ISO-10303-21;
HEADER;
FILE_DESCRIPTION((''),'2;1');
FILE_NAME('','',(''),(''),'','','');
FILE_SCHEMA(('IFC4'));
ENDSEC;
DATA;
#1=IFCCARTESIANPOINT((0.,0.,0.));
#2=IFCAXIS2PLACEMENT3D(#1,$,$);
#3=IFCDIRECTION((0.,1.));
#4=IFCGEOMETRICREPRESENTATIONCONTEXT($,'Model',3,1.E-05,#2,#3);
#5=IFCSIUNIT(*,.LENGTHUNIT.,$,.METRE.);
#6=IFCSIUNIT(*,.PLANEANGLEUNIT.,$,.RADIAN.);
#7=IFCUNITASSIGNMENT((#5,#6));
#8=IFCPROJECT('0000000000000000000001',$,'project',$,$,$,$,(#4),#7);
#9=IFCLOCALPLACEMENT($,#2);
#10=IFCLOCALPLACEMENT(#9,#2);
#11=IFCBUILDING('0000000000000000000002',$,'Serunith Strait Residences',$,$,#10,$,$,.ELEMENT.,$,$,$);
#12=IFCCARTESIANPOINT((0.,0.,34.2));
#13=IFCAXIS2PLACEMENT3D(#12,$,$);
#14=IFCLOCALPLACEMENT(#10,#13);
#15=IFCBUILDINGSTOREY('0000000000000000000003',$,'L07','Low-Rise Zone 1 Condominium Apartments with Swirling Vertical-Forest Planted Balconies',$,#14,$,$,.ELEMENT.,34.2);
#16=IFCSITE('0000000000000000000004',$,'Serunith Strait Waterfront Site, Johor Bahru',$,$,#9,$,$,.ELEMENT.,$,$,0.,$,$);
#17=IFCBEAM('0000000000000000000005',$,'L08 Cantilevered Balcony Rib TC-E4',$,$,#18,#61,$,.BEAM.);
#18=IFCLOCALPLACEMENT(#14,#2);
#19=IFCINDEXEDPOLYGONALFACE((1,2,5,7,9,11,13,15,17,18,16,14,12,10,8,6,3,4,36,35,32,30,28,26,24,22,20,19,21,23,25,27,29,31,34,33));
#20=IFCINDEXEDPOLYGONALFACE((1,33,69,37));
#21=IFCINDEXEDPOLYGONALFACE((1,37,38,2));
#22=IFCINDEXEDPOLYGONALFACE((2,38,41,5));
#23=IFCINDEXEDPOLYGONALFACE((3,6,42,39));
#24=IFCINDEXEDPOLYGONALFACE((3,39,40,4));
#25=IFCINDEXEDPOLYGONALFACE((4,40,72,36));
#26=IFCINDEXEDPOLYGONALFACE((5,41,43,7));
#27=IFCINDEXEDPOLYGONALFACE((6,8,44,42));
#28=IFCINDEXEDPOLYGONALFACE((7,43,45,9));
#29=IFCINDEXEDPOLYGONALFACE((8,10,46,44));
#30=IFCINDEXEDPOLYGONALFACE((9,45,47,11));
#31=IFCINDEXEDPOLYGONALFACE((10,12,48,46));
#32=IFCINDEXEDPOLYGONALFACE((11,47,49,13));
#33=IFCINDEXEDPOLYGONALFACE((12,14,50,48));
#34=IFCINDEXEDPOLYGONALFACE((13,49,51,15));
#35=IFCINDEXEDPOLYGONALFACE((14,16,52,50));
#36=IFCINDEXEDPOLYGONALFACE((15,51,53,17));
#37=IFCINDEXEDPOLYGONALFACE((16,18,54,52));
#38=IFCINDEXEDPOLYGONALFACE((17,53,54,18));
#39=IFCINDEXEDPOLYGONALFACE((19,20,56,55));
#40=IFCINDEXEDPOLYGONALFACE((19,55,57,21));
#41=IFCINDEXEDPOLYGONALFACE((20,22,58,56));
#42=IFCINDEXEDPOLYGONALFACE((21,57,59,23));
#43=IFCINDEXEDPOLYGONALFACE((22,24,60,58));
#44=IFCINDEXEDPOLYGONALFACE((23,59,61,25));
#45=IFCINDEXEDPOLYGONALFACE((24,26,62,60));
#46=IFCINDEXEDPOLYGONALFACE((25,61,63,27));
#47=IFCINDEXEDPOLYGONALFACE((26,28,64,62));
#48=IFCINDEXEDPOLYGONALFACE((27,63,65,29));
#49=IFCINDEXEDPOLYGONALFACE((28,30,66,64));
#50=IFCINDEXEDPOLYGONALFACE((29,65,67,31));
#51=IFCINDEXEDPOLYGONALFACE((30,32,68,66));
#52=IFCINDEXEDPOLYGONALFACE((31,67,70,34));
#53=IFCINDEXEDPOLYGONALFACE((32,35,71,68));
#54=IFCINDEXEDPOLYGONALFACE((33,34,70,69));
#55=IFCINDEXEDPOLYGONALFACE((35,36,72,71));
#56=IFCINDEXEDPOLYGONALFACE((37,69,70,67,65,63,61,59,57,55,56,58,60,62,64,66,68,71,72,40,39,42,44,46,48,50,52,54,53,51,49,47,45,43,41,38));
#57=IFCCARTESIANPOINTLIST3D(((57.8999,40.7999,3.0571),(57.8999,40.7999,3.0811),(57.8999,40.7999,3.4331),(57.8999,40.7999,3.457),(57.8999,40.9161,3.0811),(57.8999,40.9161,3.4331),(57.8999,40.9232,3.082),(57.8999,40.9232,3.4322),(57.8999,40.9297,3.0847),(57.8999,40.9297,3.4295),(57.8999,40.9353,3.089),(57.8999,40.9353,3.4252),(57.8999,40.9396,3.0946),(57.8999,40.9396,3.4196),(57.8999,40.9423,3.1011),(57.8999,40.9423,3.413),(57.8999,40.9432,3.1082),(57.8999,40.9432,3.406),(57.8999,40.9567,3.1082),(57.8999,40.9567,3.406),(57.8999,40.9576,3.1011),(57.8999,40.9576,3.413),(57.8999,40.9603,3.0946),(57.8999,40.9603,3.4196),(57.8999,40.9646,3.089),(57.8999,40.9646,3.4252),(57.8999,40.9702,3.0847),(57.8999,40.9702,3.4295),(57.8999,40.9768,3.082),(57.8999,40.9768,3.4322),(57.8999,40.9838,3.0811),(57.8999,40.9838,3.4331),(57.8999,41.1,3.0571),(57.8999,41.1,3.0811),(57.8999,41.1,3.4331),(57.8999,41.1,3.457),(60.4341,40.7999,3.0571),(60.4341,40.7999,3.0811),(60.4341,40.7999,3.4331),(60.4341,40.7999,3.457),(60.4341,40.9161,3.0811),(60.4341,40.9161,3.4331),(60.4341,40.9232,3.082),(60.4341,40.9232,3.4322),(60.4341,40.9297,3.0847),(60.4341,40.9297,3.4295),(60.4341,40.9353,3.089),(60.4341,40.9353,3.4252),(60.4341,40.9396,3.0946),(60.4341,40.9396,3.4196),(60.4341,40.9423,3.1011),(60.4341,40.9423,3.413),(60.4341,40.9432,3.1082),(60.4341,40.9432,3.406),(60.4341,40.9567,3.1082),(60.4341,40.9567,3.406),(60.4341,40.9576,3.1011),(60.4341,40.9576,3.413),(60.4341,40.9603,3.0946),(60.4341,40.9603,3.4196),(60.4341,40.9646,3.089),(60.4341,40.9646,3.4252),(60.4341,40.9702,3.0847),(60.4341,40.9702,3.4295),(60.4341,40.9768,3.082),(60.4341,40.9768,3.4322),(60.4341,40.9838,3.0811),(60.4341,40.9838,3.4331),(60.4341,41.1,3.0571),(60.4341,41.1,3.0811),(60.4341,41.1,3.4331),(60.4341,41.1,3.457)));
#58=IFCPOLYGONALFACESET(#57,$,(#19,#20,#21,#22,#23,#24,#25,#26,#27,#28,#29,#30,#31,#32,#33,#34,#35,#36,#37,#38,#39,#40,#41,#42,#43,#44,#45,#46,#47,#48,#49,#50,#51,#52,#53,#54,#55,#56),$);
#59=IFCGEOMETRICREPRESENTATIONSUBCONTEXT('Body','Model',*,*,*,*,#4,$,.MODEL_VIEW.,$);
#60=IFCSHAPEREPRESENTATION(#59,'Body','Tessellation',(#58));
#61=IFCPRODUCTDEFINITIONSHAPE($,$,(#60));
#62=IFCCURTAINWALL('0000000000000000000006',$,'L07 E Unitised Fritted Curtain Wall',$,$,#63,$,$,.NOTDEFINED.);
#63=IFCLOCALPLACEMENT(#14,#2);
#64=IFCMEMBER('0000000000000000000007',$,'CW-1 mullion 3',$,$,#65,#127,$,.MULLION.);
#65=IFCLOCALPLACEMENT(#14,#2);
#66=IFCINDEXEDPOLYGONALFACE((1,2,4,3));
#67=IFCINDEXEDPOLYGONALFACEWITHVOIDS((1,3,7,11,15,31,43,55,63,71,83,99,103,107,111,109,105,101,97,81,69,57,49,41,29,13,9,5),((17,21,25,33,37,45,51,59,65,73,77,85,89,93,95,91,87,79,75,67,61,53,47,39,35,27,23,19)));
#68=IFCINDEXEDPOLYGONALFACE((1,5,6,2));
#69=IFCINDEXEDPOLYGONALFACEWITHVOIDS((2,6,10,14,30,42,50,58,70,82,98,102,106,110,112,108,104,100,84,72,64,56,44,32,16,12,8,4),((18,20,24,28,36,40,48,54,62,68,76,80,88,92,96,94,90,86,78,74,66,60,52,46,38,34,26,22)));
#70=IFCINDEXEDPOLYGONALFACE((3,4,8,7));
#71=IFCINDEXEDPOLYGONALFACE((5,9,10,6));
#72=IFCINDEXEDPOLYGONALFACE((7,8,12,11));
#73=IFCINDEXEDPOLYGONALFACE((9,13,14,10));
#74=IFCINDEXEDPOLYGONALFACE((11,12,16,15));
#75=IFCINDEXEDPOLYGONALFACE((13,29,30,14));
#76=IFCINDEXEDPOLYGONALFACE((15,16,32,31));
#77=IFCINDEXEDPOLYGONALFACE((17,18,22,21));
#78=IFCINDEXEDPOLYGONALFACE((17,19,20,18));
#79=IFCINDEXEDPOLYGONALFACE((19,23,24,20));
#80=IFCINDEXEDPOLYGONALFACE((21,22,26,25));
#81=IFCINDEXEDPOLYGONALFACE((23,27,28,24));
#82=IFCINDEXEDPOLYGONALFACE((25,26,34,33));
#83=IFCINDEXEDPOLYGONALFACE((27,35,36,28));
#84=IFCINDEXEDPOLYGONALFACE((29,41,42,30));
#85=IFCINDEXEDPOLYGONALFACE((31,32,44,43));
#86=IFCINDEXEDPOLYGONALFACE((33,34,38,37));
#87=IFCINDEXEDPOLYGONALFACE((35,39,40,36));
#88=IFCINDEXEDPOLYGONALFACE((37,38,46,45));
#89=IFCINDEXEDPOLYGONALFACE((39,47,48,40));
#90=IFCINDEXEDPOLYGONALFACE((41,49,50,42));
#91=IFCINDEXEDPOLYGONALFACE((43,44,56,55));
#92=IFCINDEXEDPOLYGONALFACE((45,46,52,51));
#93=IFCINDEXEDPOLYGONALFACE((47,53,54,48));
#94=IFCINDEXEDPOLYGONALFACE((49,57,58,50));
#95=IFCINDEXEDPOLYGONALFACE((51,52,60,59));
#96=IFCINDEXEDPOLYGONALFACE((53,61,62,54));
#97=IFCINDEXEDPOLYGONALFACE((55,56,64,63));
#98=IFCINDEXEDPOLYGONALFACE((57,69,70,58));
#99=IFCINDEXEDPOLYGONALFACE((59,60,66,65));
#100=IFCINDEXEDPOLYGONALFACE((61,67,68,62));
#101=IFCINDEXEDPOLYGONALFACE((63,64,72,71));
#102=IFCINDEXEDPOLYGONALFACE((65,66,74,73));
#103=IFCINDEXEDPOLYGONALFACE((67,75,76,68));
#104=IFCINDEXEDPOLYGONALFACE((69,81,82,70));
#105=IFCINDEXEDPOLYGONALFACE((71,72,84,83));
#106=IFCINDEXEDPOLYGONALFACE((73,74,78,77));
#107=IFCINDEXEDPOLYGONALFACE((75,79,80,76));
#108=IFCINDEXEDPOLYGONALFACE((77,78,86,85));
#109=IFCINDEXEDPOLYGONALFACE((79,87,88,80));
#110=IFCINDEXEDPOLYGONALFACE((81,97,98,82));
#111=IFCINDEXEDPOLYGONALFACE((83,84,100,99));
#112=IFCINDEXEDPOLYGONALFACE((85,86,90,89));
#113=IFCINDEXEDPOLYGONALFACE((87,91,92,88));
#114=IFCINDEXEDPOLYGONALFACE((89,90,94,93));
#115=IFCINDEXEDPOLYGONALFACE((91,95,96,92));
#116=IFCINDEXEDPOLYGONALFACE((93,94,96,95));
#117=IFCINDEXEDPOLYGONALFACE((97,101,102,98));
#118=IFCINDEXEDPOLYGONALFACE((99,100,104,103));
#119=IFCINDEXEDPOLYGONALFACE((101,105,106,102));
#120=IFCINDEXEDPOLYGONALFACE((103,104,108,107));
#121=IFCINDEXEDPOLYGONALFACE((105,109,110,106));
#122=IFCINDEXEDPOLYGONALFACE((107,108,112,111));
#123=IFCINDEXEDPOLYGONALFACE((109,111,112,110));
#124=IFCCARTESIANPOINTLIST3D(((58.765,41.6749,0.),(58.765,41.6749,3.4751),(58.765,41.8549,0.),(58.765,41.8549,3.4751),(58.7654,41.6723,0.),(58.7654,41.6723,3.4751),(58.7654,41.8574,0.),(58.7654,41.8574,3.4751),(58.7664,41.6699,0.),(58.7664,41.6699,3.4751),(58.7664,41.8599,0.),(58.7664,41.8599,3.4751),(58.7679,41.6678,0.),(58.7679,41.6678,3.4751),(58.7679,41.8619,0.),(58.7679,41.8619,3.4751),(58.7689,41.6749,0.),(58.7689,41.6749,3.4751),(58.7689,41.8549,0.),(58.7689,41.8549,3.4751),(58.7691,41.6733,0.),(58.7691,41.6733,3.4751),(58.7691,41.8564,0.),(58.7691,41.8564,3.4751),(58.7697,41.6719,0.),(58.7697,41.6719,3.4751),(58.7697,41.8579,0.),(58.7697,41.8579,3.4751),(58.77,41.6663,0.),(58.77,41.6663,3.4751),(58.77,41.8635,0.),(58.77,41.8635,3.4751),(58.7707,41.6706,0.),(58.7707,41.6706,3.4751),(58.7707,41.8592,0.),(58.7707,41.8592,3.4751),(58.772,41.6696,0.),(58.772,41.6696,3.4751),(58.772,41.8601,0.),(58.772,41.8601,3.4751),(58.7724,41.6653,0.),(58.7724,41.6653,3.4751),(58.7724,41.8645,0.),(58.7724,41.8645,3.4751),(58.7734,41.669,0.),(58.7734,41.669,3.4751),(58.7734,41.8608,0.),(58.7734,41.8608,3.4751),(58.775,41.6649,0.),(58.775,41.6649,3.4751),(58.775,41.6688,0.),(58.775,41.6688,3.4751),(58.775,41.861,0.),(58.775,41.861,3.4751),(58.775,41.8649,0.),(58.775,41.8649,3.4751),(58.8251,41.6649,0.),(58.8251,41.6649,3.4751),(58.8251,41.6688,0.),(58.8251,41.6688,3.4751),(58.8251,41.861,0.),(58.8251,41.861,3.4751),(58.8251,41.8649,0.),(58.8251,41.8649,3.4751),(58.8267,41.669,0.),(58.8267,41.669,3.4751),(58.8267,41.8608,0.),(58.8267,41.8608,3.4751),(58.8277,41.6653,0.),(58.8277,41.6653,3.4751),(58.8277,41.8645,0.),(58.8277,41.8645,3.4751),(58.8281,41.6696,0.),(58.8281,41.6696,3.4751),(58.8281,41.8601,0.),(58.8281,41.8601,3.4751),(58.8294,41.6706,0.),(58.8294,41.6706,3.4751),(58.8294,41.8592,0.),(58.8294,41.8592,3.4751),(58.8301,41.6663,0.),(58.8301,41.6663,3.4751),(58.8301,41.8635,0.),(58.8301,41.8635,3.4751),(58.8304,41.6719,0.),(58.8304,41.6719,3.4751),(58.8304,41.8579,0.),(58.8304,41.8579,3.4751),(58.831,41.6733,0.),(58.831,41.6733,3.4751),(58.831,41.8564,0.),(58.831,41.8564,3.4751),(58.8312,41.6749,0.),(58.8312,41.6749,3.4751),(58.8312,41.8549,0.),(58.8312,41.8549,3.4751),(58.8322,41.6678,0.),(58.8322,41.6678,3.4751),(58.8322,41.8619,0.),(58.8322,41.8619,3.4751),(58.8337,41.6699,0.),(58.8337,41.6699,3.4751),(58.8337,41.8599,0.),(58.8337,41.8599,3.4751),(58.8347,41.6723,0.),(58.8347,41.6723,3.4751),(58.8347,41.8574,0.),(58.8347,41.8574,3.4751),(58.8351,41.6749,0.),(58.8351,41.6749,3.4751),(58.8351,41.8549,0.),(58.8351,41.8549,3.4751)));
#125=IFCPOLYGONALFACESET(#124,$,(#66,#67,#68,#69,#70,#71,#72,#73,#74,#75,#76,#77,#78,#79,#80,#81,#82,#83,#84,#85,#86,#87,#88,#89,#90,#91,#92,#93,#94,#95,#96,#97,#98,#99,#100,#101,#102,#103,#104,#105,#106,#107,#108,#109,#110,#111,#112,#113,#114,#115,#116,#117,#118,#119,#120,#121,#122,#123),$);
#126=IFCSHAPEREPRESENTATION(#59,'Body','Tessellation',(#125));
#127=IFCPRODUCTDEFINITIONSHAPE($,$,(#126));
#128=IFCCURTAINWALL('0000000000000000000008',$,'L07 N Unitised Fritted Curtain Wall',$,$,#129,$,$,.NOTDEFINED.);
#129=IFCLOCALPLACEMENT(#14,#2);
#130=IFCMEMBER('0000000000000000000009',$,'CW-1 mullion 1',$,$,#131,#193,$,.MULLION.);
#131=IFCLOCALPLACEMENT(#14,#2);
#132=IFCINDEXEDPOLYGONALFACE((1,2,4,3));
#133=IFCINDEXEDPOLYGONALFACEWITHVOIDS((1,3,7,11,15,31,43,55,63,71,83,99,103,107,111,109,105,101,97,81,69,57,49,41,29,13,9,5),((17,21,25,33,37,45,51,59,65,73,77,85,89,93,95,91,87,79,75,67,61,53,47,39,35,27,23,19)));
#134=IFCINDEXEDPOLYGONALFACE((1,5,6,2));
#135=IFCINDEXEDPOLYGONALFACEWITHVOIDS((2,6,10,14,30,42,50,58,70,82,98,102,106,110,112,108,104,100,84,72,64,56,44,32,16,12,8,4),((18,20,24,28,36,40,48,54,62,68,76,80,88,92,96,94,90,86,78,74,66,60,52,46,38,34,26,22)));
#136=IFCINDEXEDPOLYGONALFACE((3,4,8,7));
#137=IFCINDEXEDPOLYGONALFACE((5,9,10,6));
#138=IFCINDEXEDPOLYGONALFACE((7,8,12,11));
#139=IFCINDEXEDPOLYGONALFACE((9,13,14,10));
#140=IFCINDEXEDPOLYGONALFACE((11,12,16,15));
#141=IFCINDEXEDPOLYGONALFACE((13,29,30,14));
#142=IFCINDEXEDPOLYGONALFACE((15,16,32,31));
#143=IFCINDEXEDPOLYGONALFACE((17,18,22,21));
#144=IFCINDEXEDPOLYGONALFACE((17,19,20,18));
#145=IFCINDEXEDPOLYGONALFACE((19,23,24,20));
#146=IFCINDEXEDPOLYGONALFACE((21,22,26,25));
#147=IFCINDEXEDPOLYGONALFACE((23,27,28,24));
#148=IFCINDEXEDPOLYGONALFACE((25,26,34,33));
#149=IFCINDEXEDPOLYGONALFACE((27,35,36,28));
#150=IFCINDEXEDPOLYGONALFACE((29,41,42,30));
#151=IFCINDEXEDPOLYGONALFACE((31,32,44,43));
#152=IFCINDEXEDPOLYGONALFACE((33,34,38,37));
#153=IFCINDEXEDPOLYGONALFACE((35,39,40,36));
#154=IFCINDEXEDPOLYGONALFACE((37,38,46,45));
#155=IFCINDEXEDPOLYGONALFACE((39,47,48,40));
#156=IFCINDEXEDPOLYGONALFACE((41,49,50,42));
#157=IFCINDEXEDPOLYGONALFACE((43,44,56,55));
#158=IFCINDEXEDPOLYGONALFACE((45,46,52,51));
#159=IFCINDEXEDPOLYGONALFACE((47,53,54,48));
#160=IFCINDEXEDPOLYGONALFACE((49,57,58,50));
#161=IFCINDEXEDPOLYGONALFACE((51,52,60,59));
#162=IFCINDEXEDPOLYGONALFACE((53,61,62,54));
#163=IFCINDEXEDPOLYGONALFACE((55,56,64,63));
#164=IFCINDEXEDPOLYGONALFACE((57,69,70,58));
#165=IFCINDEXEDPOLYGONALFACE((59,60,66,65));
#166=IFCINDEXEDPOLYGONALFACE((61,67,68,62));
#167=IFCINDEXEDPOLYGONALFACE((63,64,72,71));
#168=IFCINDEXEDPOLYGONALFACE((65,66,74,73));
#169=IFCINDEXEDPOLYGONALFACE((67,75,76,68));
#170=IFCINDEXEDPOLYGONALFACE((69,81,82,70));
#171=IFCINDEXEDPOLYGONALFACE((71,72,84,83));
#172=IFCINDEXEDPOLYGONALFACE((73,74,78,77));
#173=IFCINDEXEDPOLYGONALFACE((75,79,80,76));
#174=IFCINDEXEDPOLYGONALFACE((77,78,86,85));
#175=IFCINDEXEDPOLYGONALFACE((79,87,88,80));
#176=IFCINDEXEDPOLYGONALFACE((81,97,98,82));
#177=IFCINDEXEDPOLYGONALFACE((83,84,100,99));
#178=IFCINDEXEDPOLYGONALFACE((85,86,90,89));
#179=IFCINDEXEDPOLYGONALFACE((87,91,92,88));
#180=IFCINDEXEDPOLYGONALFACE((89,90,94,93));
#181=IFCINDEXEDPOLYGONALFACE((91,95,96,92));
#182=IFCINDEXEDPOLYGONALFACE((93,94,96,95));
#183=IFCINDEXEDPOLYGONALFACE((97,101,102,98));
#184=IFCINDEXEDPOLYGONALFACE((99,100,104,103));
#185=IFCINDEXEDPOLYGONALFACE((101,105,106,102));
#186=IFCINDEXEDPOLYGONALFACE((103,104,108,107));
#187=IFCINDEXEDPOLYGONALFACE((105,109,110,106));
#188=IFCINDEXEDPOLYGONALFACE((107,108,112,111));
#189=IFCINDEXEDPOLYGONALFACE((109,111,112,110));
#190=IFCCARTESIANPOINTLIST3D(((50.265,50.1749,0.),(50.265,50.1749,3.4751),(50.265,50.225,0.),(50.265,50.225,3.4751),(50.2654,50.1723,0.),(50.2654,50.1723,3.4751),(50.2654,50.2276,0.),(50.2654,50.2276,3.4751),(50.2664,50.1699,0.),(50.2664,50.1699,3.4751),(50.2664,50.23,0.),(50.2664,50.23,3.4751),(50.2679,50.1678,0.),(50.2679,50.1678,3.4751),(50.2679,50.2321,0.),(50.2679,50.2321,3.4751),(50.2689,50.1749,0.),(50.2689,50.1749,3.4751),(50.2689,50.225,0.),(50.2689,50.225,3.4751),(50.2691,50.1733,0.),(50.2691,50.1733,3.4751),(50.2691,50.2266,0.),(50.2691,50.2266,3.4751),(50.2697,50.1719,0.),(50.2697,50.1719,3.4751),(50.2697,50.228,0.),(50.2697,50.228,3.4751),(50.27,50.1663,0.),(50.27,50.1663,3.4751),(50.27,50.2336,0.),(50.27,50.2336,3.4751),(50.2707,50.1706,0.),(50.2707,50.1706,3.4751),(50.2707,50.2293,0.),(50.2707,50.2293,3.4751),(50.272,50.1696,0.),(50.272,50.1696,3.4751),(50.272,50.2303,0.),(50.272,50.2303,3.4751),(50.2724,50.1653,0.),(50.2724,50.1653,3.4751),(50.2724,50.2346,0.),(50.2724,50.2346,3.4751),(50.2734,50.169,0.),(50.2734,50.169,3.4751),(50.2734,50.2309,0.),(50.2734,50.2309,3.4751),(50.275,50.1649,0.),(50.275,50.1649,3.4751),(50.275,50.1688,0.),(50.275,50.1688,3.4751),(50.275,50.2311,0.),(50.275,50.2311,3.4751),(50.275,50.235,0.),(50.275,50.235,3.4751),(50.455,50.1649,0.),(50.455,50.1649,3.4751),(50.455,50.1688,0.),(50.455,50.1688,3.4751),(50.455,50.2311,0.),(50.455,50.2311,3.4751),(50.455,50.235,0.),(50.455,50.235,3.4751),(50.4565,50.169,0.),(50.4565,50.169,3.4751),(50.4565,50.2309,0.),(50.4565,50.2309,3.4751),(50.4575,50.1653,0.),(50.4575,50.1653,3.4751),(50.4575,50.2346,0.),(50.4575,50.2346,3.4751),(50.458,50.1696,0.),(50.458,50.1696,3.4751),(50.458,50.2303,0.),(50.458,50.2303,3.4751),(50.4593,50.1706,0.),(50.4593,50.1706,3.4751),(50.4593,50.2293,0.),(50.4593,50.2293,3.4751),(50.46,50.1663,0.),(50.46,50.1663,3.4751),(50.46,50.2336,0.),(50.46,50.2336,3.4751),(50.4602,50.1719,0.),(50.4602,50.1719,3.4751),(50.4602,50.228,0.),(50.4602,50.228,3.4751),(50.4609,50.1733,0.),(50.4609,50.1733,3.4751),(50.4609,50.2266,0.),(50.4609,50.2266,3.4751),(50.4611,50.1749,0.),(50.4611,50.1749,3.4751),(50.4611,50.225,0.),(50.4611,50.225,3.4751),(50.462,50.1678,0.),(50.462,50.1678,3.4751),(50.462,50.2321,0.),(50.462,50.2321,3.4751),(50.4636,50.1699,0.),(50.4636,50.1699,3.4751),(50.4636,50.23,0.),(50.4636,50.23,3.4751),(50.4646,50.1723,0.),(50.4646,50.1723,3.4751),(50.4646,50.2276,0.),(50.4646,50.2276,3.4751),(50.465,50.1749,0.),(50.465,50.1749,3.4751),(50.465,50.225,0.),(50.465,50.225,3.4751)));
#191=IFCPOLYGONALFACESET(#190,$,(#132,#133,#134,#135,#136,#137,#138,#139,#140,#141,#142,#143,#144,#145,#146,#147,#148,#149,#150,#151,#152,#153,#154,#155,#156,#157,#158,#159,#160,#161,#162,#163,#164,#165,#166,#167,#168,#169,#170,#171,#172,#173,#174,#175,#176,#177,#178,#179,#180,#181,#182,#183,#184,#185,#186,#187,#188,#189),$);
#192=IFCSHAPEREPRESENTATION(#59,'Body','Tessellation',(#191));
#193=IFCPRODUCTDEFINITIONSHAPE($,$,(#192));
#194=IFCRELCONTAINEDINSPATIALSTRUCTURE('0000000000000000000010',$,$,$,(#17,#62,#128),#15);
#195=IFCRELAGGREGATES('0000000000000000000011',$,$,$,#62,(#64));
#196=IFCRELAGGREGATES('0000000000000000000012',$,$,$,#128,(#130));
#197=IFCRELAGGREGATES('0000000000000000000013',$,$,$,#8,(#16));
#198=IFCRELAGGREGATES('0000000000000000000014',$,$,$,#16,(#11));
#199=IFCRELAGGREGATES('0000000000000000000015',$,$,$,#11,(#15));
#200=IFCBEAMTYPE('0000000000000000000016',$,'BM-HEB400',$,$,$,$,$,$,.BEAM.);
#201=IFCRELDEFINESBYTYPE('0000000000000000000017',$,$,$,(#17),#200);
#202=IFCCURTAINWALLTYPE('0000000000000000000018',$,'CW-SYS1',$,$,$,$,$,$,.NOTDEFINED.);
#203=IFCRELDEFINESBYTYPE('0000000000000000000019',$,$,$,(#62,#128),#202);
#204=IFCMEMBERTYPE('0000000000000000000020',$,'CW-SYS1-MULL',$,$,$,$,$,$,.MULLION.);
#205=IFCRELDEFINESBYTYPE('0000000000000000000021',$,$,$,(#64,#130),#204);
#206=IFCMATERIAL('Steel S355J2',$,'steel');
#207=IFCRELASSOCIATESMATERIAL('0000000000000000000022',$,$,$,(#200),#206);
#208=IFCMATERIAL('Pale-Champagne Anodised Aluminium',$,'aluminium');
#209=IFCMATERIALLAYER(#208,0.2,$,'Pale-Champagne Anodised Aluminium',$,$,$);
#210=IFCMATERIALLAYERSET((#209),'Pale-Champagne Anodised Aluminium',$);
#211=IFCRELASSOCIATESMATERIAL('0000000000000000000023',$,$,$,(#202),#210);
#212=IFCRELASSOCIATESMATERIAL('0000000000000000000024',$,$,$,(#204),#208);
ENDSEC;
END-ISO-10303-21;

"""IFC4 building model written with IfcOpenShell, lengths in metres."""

from ifc_helpers import new_model, si_unit, direction, frame, origin, origin_2d, place, context, subcontext, project, spatial, hollow_rectangle, i_section, extrude, source, transform, mapped, material, layer, layer_set, material_profile, profile_set, type_object, element, aggregate, save


model = new_model("IFC4")

# Units and contexts
model_context = context("Model", 3, precision=1e-05, world=origin(), true_north=direction((0.0, 1.0)))
body_context = subcontext(model_context, "Body", "Model", "MODEL_VIEW")
ifc_project = project(units=[si_unit("LENGTHUNIT", "METRE"), si_unit("PLANEANGLEUNIT", "RADIAN")], contexts=[model_context])

# Site, building, storey
site_placement = place(None, origin())
site = spatial("IfcSite", under=ifc_project, at=site_placement, Name="Serunith Strait Waterfront Site, Johor Bahru", CompositionType="ELEMENT", RefElevation=0.0)
building_placement = place(site_placement, origin())
building = spatial("IfcBuilding", under=site, at=building_placement, Name="Serunith Strait Residences", CompositionType="ELEMENT")
storey_placement = place(building_placement, frame((0.0, 0.0, 34.2)))
storey = spatial("IfcBuildingStorey", under=building, at=storey_placement, Name="L07", Description="Low-Rise Zone 1 Condominium Apartments with Swirling Vertical-Forest Planted Balconies", CompositionType="ELEMENT", Elevation=34.2)

# Beam
ifc_material_1 = material(Name="Steel S355J2", Category="steel")
ifc_material_profile_1 = material_profile(ifc_material_1, i_section(OverallWidth=0.3, OverallDepth=0.3999, WebThickness=0.0134, FlangeThickness=0.0239, FilletRadius=0.0271, at=origin_2d()), Name="HEB 400")
ifc_profile_set_1 = profile_set([ifc_material_profile_1], Name="Steel S355J2")
beam_type_1 = type_object("IfcBeamType", Name="BM-HEB400", PredefinedType="BEAM", material=ifc_profile_set_1)
shared_shape_1 = source(origin(), body_context, "Body", "SweptSolid", [
    extrude(i_section(OverallWidth=0.3, OverallDepth=0.3999, WebThickness=0.0134, FlangeThickness=0.0239, FilletRadius=0.0271, at=origin_2d()), origin(), (0.0, 0.0, 1.0), 2.5342),
])
beam_1_placement = place(storey_placement, frame((57.8999, 40.95, 3.2571), z_axis=(1.0, 0.0, 0.0), x_axis=(0.0, 1.0, 0.0)))
element("IfcBeam", 1, at=beam_1_placement, inside=storey, type_object=beam_type_1, Name="L08 Cantilevered Balcony Rib TC-E4", PredefinedType="BEAM", context=body_context, shape_type="MappedRepresentation", body=[
    mapped(shared_shape_1, transform((0.0, 0.0, 0.0), scale=1.0)),
])

# Curtain wall, member
ifc_material_2 = material(Name="Pale-Champagne Anodised Aluminium", Category="aluminium")
ifc_layer_1 = layer(ifc_material_2, 0.2, Name="Pale-Champagne Anodised Aluminium")
ifc_layer_set_1 = layer_set([ifc_layer_1], Name="Pale-Champagne Anodised Aluminium")
curtain_wall_type = type_object("IfcCurtainWallType", Name="CW-SYS1", PredefinedType="NOTDEFINED", material=ifc_layer_set_1)
curtain_wall_1_placement = place(storey_placement, origin())
curtain_wall_1 = element("IfcCurtainWall", 2, at=curtain_wall_1_placement, inside=storey, type_object=curtain_wall_type, Name="L07 E Unitised Fritted Curtain Wall", PredefinedType="NOTDEFINED")
ifc_material_profile_2 = material_profile(ifc_material_2, hollow_rectangle(XDim=0.0701, YDim=0.2, WallThickness=0.0039, InnerFilletRadius=0.0061, OuterFilletRadius=0.01, at=origin_2d()), Name="ALU 200x70x4")
ifc_profile_set_2 = profile_set([ifc_material_profile_2], Name="Pale-Champagne Anodised Aluminium")
member_type_1 = type_object("IfcMemberType", Name="CW-SYS1-MULL", PredefinedType="MULLION", material=ifc_profile_set_2)
shared_shape_2 = source(origin(), body_context, "Body", "SweptSolid", [
    extrude(hollow_rectangle(XDim=0.0701, YDim=0.2, WallThickness=0.0039, InnerFilletRadius=0.0061, OuterFilletRadius=0.01, at=origin_2d()), origin(), (0.0, 0.0, 1.0), 3.4751),
])
member_1_placement = place(storey_placement, frame((58.8, 41.7649, 0.0), z_axis=(0.0, 0.0, 1.0), x_axis=(-1.0, 0.0, 0.0)))
member_1 = element("IfcMember", 3, at=member_1_placement, type_object=member_type_1, Name="CW-1 mullion 3", PredefinedType="MULLION", context=body_context, shape_type="MappedRepresentation", body=[
    mapped(shared_shape_2, transform((0.0, 0.0, 0.0), scale=1.0)),
])
aggregate(curtain_wall_1, [member_1])

# Curtain wall, member
curtain_wall_2_placement = place(storey_placement, origin())
curtain_wall_2 = element("IfcCurtainWall", 4, at=curtain_wall_2_placement, inside=storey, type_object=curtain_wall_type, Name="L07 N Unitised Fritted Curtain Wall", PredefinedType="NOTDEFINED")
member_2_placement = place(storey_placement, frame((50.365, 50.2, 0.0), z_axis=(0.0, 0.0, 1.0), x_axis=(0.0, -1.0, 0.0)))
member_2 = element("IfcMember", 5, at=member_2_placement, type_object=member_type_1, Name="CW-1 mullion 1", PredefinedType="MULLION", context=body_context, shape_type="MappedRepresentation", body=[
    mapped(shared_shape_2, transform((0.0, 0.0, 0.0), scale=1.0)),
])
aggregate(curtain_wall_2, [member_2])

save(model, "model.ifc")
